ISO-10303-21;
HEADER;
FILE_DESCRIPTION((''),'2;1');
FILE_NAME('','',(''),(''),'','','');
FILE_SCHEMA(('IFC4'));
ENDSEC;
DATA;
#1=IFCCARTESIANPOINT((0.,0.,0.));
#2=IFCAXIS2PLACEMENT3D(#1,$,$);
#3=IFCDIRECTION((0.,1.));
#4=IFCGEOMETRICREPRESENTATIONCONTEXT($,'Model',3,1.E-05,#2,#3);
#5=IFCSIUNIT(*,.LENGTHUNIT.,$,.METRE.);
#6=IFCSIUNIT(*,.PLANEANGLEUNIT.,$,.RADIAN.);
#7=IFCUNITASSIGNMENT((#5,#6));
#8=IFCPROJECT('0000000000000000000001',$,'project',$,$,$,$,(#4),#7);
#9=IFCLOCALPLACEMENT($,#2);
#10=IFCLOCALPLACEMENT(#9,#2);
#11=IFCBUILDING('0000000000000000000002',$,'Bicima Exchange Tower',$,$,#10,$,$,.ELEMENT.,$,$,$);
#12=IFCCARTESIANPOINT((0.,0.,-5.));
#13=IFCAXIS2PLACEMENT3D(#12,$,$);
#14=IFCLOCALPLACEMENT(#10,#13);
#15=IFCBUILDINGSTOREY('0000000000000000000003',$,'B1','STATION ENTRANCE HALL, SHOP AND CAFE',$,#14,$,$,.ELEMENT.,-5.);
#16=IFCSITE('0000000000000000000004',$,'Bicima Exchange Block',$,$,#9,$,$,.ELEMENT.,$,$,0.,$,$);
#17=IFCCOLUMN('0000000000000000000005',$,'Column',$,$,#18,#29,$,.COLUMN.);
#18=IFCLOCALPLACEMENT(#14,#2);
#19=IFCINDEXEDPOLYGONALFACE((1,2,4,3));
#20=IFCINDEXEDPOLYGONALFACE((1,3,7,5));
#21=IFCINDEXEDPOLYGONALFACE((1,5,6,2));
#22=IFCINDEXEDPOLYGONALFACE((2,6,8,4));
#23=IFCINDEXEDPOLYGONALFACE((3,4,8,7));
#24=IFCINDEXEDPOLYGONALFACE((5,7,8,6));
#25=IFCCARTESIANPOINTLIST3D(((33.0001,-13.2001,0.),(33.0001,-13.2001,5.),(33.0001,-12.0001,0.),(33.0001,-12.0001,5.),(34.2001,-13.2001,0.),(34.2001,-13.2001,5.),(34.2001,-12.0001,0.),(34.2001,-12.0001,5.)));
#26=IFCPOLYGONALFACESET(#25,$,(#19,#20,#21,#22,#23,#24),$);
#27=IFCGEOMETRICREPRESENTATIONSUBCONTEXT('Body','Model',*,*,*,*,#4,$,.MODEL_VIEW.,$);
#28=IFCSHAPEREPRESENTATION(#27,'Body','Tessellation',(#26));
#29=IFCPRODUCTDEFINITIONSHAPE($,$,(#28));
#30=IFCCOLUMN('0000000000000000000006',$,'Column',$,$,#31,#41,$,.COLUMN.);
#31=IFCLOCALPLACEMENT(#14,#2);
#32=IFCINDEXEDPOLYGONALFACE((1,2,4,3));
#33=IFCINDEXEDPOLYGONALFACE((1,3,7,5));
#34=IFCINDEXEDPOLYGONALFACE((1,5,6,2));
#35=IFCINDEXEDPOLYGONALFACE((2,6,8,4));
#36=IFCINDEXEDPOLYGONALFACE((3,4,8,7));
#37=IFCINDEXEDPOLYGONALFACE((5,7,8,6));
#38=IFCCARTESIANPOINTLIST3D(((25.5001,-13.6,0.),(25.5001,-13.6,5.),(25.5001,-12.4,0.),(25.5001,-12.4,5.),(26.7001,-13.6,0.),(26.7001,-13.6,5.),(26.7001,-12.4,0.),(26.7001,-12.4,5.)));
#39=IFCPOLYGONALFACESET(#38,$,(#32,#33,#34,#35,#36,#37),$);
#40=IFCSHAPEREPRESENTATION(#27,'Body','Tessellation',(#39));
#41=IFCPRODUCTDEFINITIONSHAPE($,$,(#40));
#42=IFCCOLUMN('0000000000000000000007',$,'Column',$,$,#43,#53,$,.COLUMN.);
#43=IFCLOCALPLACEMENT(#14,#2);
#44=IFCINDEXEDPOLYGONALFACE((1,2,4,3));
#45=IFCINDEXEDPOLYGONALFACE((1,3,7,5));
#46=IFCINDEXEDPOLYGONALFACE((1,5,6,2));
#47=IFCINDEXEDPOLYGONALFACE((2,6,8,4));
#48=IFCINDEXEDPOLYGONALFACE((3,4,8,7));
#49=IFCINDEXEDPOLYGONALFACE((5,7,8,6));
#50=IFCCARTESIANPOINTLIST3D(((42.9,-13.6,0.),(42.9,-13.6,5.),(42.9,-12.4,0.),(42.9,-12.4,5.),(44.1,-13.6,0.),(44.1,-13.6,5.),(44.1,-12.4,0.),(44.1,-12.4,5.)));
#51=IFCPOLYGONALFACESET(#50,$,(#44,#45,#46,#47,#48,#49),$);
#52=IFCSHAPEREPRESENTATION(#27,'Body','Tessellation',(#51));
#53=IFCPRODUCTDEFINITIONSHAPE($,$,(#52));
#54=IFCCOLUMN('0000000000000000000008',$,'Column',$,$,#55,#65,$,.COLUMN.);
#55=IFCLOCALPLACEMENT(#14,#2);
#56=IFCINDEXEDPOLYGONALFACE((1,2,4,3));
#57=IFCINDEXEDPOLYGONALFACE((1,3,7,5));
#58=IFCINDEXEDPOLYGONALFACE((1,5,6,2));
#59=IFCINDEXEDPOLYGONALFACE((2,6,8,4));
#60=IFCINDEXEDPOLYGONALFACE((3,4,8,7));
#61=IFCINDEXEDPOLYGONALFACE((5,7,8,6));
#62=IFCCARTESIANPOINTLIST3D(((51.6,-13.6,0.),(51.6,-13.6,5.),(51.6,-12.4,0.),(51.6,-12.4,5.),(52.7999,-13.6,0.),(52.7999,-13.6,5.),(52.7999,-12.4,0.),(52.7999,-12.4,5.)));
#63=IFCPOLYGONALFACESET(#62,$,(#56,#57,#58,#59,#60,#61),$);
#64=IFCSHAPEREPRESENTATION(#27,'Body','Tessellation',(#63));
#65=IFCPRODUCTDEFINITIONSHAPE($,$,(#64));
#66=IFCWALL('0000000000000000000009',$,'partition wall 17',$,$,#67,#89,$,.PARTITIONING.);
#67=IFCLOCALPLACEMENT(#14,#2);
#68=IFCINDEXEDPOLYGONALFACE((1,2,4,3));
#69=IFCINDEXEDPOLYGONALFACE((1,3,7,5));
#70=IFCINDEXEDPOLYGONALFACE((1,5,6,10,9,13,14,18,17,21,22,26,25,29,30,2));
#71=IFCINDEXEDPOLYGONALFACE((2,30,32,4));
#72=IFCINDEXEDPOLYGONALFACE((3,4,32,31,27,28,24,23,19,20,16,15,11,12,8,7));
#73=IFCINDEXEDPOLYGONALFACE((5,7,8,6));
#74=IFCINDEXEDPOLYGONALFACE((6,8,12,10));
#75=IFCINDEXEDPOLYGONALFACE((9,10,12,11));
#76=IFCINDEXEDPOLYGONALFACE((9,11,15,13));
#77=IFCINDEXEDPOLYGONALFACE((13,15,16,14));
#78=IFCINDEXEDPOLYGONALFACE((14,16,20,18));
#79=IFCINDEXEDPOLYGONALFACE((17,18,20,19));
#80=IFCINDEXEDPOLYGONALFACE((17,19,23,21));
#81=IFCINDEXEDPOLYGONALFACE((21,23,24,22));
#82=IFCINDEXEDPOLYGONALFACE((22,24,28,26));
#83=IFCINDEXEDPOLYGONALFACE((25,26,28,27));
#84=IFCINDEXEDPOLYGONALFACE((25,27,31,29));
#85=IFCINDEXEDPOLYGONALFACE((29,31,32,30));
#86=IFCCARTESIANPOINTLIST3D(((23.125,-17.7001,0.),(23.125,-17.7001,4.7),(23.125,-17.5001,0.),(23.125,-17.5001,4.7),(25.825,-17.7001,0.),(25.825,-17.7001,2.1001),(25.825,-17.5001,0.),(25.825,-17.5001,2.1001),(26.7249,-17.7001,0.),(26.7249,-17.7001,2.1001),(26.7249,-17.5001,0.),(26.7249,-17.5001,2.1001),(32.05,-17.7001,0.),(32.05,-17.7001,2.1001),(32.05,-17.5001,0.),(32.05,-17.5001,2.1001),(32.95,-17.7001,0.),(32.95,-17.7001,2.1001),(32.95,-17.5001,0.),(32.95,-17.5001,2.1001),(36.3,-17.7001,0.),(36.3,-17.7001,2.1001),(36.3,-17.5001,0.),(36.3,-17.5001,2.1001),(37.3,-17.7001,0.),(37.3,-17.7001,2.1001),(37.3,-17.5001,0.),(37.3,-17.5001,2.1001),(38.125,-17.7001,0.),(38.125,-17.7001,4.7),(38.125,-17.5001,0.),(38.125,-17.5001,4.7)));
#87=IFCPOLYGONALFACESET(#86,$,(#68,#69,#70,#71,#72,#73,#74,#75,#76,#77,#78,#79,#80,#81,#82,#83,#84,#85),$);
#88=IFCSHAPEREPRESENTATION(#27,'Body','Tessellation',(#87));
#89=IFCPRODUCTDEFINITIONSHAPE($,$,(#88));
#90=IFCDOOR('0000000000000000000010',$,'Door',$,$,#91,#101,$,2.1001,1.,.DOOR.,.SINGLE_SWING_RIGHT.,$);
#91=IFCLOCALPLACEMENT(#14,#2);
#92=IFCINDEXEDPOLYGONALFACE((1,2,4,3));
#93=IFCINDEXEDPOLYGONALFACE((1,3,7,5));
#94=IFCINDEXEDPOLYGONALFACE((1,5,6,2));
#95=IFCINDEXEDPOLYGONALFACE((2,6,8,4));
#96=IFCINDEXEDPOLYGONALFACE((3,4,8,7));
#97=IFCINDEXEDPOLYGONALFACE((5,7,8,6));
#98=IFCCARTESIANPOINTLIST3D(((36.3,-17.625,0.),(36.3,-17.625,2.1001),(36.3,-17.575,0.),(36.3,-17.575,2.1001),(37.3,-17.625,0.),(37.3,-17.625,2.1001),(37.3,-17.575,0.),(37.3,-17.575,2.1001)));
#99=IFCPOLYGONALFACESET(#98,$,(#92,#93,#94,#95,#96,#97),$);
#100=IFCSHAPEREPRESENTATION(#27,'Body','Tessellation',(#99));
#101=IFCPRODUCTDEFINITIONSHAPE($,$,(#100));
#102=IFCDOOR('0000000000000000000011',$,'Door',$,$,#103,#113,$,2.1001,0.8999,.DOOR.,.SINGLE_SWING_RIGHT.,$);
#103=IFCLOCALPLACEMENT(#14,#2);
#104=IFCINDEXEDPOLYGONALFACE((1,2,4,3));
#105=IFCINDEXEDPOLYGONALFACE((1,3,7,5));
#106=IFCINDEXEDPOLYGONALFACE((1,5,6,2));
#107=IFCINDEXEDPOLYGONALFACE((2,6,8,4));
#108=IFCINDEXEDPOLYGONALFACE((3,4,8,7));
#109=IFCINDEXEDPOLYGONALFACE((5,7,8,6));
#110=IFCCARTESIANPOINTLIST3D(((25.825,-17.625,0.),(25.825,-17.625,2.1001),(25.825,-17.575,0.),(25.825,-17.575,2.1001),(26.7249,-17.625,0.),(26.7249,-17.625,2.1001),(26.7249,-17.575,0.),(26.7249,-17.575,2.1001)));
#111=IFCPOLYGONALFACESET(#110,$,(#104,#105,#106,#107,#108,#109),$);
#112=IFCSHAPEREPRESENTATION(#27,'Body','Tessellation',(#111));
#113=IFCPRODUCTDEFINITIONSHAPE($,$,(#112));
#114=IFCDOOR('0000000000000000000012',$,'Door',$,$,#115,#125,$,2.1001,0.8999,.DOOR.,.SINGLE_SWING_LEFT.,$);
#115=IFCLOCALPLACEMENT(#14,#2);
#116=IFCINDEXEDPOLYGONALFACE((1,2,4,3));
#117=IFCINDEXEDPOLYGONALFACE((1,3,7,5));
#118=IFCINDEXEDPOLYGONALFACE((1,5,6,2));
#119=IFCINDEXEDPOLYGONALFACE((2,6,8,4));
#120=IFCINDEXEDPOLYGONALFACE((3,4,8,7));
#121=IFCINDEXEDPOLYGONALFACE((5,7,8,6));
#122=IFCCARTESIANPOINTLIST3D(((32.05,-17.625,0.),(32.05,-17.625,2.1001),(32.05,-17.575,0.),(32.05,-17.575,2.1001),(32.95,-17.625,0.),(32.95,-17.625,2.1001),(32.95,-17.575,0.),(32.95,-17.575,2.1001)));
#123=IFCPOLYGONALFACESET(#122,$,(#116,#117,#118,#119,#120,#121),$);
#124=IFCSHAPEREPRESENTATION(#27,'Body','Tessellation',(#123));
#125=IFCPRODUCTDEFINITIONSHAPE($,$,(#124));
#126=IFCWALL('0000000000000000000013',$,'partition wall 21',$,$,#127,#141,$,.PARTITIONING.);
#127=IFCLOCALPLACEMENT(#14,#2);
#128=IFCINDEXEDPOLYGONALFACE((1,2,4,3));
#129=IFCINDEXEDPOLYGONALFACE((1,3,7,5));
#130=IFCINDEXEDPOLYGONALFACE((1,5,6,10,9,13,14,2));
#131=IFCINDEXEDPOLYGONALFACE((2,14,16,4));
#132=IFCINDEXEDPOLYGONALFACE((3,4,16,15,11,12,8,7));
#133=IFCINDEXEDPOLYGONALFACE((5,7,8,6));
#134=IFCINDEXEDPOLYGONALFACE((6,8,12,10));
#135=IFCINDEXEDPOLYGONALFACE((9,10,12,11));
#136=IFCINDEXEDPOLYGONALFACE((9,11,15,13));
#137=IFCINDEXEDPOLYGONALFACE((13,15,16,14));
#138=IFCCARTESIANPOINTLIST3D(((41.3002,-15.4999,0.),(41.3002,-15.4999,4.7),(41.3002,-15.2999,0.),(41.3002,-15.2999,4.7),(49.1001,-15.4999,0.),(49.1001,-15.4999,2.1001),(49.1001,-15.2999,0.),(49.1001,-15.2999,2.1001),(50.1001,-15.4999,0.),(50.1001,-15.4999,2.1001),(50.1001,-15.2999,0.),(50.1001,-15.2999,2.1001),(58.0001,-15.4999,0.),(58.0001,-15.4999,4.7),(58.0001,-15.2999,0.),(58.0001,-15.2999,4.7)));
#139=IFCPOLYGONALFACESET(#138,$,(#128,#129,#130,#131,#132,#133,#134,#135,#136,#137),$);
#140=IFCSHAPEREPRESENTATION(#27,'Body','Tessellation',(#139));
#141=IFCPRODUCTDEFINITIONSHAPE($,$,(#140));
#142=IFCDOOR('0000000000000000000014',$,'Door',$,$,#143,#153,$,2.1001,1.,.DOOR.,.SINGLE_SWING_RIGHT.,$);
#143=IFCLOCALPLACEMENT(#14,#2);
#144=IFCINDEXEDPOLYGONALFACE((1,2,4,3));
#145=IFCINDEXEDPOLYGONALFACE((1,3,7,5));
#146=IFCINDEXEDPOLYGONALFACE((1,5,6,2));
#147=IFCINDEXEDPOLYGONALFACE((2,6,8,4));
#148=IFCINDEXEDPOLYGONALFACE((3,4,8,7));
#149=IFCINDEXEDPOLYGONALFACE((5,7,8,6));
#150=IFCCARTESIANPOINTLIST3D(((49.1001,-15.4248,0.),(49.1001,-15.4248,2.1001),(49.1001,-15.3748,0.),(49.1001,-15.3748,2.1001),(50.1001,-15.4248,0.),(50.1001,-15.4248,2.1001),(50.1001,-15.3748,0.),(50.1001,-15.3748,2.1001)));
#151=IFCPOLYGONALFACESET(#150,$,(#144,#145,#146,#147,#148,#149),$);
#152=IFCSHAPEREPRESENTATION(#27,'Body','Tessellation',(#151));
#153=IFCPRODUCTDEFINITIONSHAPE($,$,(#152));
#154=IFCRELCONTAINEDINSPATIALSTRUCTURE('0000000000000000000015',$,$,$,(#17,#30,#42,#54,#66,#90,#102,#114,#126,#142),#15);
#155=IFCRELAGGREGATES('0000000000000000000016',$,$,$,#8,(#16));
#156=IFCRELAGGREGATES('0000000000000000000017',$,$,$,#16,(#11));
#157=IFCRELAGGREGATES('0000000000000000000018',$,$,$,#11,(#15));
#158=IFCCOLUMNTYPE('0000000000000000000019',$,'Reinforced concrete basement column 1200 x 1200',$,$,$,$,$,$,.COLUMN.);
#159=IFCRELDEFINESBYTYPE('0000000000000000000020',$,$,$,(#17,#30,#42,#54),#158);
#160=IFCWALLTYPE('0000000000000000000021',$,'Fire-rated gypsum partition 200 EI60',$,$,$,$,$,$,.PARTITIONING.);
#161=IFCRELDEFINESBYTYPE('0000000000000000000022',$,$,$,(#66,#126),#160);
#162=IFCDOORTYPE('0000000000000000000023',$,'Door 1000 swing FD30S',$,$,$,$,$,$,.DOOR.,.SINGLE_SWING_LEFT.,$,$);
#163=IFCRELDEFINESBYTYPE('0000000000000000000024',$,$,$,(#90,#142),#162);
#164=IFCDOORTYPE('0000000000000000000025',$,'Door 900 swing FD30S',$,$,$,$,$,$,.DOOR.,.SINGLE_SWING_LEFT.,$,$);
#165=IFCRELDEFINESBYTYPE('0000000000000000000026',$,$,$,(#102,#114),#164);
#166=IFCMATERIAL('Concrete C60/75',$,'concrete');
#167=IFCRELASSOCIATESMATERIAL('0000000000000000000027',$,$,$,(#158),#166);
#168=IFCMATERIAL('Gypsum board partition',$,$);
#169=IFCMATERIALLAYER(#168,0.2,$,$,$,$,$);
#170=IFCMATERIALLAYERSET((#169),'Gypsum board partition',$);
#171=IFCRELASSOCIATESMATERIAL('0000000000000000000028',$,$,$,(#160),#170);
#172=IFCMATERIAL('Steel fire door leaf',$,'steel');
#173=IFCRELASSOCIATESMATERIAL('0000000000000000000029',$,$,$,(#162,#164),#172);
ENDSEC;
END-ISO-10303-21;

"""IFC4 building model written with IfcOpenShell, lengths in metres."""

from ifc_helpers import new_model, si_unit, direction, frame, frame_2d, origin, origin_2d, place, context, subcontext, project, spatial, rectangle, extrude, material, layer, layer_set, material_profile, profile_set, type_object, element, fill, save


model = new_model("IFC4")

# Units and contexts
model_context = context("Model", 3, precision=1e-05, world=origin(), true_north=direction((0.0, 1.0)))
body_context = subcontext(model_context, "Body", "Model", "MODEL_VIEW")
ifc_project = project(units=[si_unit("LENGTHUNIT", "METRE"), si_unit("PLANEANGLEUNIT", "RADIAN")], contexts=[model_context])

# Site, building, storey
site_placement = place(None, origin())
site = spatial("IfcSite", under=ifc_project, at=site_placement, Name="Bicima Exchange Block", CompositionType="ELEMENT", RefElevation=0.0)
building_placement = place(site_placement, origin())
building = spatial("IfcBuilding", under=site, at=building_placement, Name="Bicima Exchange Tower", CompositionType="ELEMENT")
storey_placement = place(building_placement, frame((0.0, 0.0, -5.0)))
storey = spatial("IfcBuildingStorey", under=building, at=storey_placement, Name="B1", Description="STATION ENTRANCE HALL, SHOP AND CAFE", CompositionType="ELEMENT", Elevation=-5.0)

# Columns
ifc_material_1 = material(Name="Concrete C60/75", Category="concrete")
ifc_material_profile = material_profile(ifc_material_1, rectangle(XDim=1.2, YDim=1.2, at=origin_2d()))
ifc_profile_set = profile_set([ifc_material_profile], Name="Concrete C60/75")
column_type = type_object("IfcColumnType", Name="Reinforced concrete basement column 1200 x 1200", PredefinedType="COLUMN", material=ifc_profile_set)
for number, where, z_axis, x_axis, name in (
    (1, (33.6001, -12.6001, 0.0), (0.0, 0.0, 1.0), (1.0, 0.0, 0.0), "Column"),
    (2, (26.1001, -13.0, 0.0), (0.0, 0.0, 1.0), (1.0, 0.0, 0.0), "Column"),
    (3, (43.5, -13.0, 0.0), (0.0, 0.0, 1.0), (1.0, 0.0, 0.0), "Column"),
    (4, (52.2, -13.0, 0.0), (0.0, 0.0, 1.0), (1.0, 0.0, 0.0), "Column"),
):
    element("IfcColumn", number, at=place(storey_placement, frame(where, z_axis=z_axis, x_axis=x_axis)), inside=storey, type_object=column_type, Name=name, PredefinedType="COLUMN", context=body_context, shape_type="SweptSolid", body=[
        extrude(rectangle(XDim=1.2, YDim=1.2, at=origin_2d()), origin(), (0.0, 0.0, 1.0), 5.0),
    ])

# Wall, openings, doors
ifc_material_2 = material(Name="Gypsum board partition")
ifc_layer_1 = layer(ifc_material_2, 0.2)
ifc_layer_set_1 = layer_set([ifc_layer_1], Name="Gypsum board partition")
wall_type_1 = type_object("IfcWallType", Name="Fire-rated gypsum partition 200 EI60", PredefinedType="PARTITIONING", material=ifc_layer_set_1)
wall_1_placement = place(storey_placement, frame((23.125, -17.6001, 0.0), z_axis=(0.0, 0.0, 1.0), x_axis=(1.0, 0.0, 0.0)))
wall_1 = element("IfcWall", 5, at=wall_1_placement, inside=storey, type_object=wall_type_1, Name="partition wall 17", PredefinedType="PARTITIONING", context=body_context, shape_type="SweptSolid", body=[
    extrude(rectangle(XDim=15.0, YDim=0.2, at=frame_2d((7.5, 0.0))), origin(), (0.0, 0.0, 1.0), 4.7),
])
opening_1_placement = place(wall_1_placement, frame((2.7, 0.0, 0.0)))
opening_1 = element("IfcOpeningElement", 6, at=opening_1_placement, cuts=wall_1, PredefinedType="OPENING", context=body_context, shape_type="SweptSolid", body=[
    extrude(rectangle(XDim=0.8999, YDim=2.1001, at=frame_2d((0.45, 1.05))), frame((0.0, 0.1118, 0.0), z_axis=(0.0, -1.0, 0.0), x_axis=(1.0, 0.0, 0.0)), (0.0, 0.0, 1.0), 0.2239),
])
opening_2_placement = place(wall_1_placement, frame((8.925, 0.0, 0.0)))
opening_2 = element("IfcOpeningElement", 7, at=opening_2_placement, cuts=wall_1, PredefinedType="OPENING", context=body_context, shape_type="SweptSolid", body=[
    extrude(rectangle(XDim=0.8999, YDim=2.1001, at=frame_2d((0.45, 1.05))), frame((0.0, 0.1118, 0.0), z_axis=(0.0, -1.0, 0.0), x_axis=(1.0, 0.0, 0.0)), (0.0, 0.0, 1.0), 0.2239),
])
opening_3_placement = place(wall_1_placement, frame((13.175, 0.0, 0.0)))
opening_3 = element("IfcOpeningElement", 8, at=opening_3_placement, cuts=wall_1, PredefinedType="OPENING", context=body_context, shape_type="SweptSolid", body=[
    extrude(rectangle(XDim=1.0, YDim=2.1001, at=frame_2d((0.5, 1.05))), frame((0.0, 0.1118, 0.0), z_axis=(0.0, -1.0, 0.0), x_axis=(1.0, 0.0, 0.0)), (0.0, 0.0, 1.0), 0.2239),
])
ifc_material_3 = material(Name="Steel fire door leaf", Category="steel")
door_type_1 = type_object("IfcDoorType", Name="Door 1000 swing FD30S", OperationType="SINGLE_SWING_LEFT", PredefinedType="DOOR", material=ifc_material_3)
door_1_placement = place(opening_3_placement, frame((1.0, 0.0, 0.0), z_axis=(0.0, 0.0, 1.0), x_axis=(-1.0, 0.0, 0.0)))
door_1 = element("IfcDoor", 9, at=door_1_placement, inside=storey, type_object=door_type_1, Name="Door", OperationType="SINGLE_SWING_RIGHT", OverallHeight=2.1001, OverallWidth=1.0, PredefinedType="DOOR", context=body_context, shape_type="SweptSolid", body=[
    extrude(rectangle(XDim=1.0, YDim=2.1001, at=frame_2d((0.5, 1.05))), frame((0.0, 0.0249, 0.0), z_axis=(0.0, -1.0, 0.0), x_axis=(1.0, 0.0, 0.0)), (0.0, 0.0, 1.0), 0.05),
])
fill(opening_3, door_1)
door_type_2 = type_object("IfcDoorType", Name="Door 900 swing FD30S", OperationType="SINGLE_SWING_LEFT", PredefinedType="DOOR", material=ifc_material_3)
door_2_placement = place(opening_1_placement, frame((0.8999, 0.0, 0.0), z_axis=(0.0, 0.0, 1.0), x_axis=(-1.0, 0.0, 0.0)))
door_2 = element("IfcDoor", 10, at=door_2_placement, inside=storey, type_object=door_type_2, Name="Door", OperationType="SINGLE_SWING_RIGHT", OverallHeight=2.1001, OverallWidth=0.8999, PredefinedType="DOOR", context=body_context, shape_type="SweptSolid", body=[
    extrude(rectangle(XDim=0.8999, YDim=2.1001, at=frame_2d((0.45, 1.05))), frame((0.0, 0.0249, 0.0), z_axis=(0.0, -1.0, 0.0), x_axis=(1.0, 0.0, 0.0)), (0.0, 0.0, 1.0), 0.05),
])
fill(opening_1, door_2)
door_3_placement = place(opening_2_placement, frame((0.8999, 0.0, 0.0), z_axis=(0.0, 0.0, 1.0), x_axis=(-1.0, 0.0, 0.0)))
door_3 = element("IfcDoor", 11, at=door_3_placement, inside=storey, type_object=door_type_2, Name="Door", OperationType="SINGLE_SWING_LEFT", OverallHeight=2.1001, OverallWidth=0.8999, PredefinedType="DOOR", context=body_context, shape_type="SweptSolid", body=[
    extrude(rectangle(XDim=0.8999, YDim=2.1001, at=frame_2d((0.45, 1.05))), frame((0.0, 0.0249, 0.0), z_axis=(0.0, -1.0, 0.0), x_axis=(1.0, 0.0, 0.0)), (0.0, 0.0, 1.0), 0.05),
])
fill(opening_2, door_3)

# Wall, opening, door
wall_2_placement = place(storey_placement, frame((41.3, -15.3999, 0.0), z_axis=(0.0, 0.0, 1.0), x_axis=(1.0, 0.0, 0.0)))
wall_2 = element("IfcWall", 12, at=wall_2_placement, inside=storey, type_object=wall_type_1, Name="partition wall 21", PredefinedType="PARTITIONING", context=body_context, shape_type="SweptSolid", body=[
    extrude(rectangle(XDim=16.7, YDim=0.2, at=frame_2d((8.3501, 0.0))), origin(), (0.0, 0.0, 1.0), 4.7),
])
opening_4_placement = place(wall_2_placement, frame((7.8, 0.0, 0.0)))
opening_4 = element("IfcOpeningElement", 13, at=opening_4_placement, cuts=wall_2, PredefinedType="OPENING", context=body_context, shape_type="SweptSolid", body=[
    extrude(rectangle(XDim=1.0, YDim=2.1001, at=frame_2d((0.5, 1.05))), frame((0.0, 0.1118, 0.0), z_axis=(0.0, -1.0, 0.0), x_axis=(1.0, 0.0, 0.0)), (0.0, 0.0, 1.0), 0.2239),
])
door_4_placement = place(opening_4_placement, frame((1.0, 0.0, 0.0), z_axis=(0.0, 0.0, 1.0), x_axis=(-1.0, 0.0, 0.0)))
door_4 = element("IfcDoor", 14, at=door_4_placement, inside=storey, type_object=door_type_1, Name="Door", OperationType="SINGLE_SWING_RIGHT", OverallHeight=2.1001, OverallWidth=1.0, PredefinedType="DOOR", context=body_context, shape_type="SweptSolid", body=[
    extrude(rectangle(XDim=1.0, YDim=2.1001, at=frame_2d((0.5, 1.05))), frame((0.0, 0.0249, 0.0), z_axis=(0.0, -1.0, 0.0), x_axis=(1.0, 0.0, 0.0)), (0.0, 0.0, 1.0), 0.05),
])
fill(opening_4, door_4)

save(model, "model.ifc")
